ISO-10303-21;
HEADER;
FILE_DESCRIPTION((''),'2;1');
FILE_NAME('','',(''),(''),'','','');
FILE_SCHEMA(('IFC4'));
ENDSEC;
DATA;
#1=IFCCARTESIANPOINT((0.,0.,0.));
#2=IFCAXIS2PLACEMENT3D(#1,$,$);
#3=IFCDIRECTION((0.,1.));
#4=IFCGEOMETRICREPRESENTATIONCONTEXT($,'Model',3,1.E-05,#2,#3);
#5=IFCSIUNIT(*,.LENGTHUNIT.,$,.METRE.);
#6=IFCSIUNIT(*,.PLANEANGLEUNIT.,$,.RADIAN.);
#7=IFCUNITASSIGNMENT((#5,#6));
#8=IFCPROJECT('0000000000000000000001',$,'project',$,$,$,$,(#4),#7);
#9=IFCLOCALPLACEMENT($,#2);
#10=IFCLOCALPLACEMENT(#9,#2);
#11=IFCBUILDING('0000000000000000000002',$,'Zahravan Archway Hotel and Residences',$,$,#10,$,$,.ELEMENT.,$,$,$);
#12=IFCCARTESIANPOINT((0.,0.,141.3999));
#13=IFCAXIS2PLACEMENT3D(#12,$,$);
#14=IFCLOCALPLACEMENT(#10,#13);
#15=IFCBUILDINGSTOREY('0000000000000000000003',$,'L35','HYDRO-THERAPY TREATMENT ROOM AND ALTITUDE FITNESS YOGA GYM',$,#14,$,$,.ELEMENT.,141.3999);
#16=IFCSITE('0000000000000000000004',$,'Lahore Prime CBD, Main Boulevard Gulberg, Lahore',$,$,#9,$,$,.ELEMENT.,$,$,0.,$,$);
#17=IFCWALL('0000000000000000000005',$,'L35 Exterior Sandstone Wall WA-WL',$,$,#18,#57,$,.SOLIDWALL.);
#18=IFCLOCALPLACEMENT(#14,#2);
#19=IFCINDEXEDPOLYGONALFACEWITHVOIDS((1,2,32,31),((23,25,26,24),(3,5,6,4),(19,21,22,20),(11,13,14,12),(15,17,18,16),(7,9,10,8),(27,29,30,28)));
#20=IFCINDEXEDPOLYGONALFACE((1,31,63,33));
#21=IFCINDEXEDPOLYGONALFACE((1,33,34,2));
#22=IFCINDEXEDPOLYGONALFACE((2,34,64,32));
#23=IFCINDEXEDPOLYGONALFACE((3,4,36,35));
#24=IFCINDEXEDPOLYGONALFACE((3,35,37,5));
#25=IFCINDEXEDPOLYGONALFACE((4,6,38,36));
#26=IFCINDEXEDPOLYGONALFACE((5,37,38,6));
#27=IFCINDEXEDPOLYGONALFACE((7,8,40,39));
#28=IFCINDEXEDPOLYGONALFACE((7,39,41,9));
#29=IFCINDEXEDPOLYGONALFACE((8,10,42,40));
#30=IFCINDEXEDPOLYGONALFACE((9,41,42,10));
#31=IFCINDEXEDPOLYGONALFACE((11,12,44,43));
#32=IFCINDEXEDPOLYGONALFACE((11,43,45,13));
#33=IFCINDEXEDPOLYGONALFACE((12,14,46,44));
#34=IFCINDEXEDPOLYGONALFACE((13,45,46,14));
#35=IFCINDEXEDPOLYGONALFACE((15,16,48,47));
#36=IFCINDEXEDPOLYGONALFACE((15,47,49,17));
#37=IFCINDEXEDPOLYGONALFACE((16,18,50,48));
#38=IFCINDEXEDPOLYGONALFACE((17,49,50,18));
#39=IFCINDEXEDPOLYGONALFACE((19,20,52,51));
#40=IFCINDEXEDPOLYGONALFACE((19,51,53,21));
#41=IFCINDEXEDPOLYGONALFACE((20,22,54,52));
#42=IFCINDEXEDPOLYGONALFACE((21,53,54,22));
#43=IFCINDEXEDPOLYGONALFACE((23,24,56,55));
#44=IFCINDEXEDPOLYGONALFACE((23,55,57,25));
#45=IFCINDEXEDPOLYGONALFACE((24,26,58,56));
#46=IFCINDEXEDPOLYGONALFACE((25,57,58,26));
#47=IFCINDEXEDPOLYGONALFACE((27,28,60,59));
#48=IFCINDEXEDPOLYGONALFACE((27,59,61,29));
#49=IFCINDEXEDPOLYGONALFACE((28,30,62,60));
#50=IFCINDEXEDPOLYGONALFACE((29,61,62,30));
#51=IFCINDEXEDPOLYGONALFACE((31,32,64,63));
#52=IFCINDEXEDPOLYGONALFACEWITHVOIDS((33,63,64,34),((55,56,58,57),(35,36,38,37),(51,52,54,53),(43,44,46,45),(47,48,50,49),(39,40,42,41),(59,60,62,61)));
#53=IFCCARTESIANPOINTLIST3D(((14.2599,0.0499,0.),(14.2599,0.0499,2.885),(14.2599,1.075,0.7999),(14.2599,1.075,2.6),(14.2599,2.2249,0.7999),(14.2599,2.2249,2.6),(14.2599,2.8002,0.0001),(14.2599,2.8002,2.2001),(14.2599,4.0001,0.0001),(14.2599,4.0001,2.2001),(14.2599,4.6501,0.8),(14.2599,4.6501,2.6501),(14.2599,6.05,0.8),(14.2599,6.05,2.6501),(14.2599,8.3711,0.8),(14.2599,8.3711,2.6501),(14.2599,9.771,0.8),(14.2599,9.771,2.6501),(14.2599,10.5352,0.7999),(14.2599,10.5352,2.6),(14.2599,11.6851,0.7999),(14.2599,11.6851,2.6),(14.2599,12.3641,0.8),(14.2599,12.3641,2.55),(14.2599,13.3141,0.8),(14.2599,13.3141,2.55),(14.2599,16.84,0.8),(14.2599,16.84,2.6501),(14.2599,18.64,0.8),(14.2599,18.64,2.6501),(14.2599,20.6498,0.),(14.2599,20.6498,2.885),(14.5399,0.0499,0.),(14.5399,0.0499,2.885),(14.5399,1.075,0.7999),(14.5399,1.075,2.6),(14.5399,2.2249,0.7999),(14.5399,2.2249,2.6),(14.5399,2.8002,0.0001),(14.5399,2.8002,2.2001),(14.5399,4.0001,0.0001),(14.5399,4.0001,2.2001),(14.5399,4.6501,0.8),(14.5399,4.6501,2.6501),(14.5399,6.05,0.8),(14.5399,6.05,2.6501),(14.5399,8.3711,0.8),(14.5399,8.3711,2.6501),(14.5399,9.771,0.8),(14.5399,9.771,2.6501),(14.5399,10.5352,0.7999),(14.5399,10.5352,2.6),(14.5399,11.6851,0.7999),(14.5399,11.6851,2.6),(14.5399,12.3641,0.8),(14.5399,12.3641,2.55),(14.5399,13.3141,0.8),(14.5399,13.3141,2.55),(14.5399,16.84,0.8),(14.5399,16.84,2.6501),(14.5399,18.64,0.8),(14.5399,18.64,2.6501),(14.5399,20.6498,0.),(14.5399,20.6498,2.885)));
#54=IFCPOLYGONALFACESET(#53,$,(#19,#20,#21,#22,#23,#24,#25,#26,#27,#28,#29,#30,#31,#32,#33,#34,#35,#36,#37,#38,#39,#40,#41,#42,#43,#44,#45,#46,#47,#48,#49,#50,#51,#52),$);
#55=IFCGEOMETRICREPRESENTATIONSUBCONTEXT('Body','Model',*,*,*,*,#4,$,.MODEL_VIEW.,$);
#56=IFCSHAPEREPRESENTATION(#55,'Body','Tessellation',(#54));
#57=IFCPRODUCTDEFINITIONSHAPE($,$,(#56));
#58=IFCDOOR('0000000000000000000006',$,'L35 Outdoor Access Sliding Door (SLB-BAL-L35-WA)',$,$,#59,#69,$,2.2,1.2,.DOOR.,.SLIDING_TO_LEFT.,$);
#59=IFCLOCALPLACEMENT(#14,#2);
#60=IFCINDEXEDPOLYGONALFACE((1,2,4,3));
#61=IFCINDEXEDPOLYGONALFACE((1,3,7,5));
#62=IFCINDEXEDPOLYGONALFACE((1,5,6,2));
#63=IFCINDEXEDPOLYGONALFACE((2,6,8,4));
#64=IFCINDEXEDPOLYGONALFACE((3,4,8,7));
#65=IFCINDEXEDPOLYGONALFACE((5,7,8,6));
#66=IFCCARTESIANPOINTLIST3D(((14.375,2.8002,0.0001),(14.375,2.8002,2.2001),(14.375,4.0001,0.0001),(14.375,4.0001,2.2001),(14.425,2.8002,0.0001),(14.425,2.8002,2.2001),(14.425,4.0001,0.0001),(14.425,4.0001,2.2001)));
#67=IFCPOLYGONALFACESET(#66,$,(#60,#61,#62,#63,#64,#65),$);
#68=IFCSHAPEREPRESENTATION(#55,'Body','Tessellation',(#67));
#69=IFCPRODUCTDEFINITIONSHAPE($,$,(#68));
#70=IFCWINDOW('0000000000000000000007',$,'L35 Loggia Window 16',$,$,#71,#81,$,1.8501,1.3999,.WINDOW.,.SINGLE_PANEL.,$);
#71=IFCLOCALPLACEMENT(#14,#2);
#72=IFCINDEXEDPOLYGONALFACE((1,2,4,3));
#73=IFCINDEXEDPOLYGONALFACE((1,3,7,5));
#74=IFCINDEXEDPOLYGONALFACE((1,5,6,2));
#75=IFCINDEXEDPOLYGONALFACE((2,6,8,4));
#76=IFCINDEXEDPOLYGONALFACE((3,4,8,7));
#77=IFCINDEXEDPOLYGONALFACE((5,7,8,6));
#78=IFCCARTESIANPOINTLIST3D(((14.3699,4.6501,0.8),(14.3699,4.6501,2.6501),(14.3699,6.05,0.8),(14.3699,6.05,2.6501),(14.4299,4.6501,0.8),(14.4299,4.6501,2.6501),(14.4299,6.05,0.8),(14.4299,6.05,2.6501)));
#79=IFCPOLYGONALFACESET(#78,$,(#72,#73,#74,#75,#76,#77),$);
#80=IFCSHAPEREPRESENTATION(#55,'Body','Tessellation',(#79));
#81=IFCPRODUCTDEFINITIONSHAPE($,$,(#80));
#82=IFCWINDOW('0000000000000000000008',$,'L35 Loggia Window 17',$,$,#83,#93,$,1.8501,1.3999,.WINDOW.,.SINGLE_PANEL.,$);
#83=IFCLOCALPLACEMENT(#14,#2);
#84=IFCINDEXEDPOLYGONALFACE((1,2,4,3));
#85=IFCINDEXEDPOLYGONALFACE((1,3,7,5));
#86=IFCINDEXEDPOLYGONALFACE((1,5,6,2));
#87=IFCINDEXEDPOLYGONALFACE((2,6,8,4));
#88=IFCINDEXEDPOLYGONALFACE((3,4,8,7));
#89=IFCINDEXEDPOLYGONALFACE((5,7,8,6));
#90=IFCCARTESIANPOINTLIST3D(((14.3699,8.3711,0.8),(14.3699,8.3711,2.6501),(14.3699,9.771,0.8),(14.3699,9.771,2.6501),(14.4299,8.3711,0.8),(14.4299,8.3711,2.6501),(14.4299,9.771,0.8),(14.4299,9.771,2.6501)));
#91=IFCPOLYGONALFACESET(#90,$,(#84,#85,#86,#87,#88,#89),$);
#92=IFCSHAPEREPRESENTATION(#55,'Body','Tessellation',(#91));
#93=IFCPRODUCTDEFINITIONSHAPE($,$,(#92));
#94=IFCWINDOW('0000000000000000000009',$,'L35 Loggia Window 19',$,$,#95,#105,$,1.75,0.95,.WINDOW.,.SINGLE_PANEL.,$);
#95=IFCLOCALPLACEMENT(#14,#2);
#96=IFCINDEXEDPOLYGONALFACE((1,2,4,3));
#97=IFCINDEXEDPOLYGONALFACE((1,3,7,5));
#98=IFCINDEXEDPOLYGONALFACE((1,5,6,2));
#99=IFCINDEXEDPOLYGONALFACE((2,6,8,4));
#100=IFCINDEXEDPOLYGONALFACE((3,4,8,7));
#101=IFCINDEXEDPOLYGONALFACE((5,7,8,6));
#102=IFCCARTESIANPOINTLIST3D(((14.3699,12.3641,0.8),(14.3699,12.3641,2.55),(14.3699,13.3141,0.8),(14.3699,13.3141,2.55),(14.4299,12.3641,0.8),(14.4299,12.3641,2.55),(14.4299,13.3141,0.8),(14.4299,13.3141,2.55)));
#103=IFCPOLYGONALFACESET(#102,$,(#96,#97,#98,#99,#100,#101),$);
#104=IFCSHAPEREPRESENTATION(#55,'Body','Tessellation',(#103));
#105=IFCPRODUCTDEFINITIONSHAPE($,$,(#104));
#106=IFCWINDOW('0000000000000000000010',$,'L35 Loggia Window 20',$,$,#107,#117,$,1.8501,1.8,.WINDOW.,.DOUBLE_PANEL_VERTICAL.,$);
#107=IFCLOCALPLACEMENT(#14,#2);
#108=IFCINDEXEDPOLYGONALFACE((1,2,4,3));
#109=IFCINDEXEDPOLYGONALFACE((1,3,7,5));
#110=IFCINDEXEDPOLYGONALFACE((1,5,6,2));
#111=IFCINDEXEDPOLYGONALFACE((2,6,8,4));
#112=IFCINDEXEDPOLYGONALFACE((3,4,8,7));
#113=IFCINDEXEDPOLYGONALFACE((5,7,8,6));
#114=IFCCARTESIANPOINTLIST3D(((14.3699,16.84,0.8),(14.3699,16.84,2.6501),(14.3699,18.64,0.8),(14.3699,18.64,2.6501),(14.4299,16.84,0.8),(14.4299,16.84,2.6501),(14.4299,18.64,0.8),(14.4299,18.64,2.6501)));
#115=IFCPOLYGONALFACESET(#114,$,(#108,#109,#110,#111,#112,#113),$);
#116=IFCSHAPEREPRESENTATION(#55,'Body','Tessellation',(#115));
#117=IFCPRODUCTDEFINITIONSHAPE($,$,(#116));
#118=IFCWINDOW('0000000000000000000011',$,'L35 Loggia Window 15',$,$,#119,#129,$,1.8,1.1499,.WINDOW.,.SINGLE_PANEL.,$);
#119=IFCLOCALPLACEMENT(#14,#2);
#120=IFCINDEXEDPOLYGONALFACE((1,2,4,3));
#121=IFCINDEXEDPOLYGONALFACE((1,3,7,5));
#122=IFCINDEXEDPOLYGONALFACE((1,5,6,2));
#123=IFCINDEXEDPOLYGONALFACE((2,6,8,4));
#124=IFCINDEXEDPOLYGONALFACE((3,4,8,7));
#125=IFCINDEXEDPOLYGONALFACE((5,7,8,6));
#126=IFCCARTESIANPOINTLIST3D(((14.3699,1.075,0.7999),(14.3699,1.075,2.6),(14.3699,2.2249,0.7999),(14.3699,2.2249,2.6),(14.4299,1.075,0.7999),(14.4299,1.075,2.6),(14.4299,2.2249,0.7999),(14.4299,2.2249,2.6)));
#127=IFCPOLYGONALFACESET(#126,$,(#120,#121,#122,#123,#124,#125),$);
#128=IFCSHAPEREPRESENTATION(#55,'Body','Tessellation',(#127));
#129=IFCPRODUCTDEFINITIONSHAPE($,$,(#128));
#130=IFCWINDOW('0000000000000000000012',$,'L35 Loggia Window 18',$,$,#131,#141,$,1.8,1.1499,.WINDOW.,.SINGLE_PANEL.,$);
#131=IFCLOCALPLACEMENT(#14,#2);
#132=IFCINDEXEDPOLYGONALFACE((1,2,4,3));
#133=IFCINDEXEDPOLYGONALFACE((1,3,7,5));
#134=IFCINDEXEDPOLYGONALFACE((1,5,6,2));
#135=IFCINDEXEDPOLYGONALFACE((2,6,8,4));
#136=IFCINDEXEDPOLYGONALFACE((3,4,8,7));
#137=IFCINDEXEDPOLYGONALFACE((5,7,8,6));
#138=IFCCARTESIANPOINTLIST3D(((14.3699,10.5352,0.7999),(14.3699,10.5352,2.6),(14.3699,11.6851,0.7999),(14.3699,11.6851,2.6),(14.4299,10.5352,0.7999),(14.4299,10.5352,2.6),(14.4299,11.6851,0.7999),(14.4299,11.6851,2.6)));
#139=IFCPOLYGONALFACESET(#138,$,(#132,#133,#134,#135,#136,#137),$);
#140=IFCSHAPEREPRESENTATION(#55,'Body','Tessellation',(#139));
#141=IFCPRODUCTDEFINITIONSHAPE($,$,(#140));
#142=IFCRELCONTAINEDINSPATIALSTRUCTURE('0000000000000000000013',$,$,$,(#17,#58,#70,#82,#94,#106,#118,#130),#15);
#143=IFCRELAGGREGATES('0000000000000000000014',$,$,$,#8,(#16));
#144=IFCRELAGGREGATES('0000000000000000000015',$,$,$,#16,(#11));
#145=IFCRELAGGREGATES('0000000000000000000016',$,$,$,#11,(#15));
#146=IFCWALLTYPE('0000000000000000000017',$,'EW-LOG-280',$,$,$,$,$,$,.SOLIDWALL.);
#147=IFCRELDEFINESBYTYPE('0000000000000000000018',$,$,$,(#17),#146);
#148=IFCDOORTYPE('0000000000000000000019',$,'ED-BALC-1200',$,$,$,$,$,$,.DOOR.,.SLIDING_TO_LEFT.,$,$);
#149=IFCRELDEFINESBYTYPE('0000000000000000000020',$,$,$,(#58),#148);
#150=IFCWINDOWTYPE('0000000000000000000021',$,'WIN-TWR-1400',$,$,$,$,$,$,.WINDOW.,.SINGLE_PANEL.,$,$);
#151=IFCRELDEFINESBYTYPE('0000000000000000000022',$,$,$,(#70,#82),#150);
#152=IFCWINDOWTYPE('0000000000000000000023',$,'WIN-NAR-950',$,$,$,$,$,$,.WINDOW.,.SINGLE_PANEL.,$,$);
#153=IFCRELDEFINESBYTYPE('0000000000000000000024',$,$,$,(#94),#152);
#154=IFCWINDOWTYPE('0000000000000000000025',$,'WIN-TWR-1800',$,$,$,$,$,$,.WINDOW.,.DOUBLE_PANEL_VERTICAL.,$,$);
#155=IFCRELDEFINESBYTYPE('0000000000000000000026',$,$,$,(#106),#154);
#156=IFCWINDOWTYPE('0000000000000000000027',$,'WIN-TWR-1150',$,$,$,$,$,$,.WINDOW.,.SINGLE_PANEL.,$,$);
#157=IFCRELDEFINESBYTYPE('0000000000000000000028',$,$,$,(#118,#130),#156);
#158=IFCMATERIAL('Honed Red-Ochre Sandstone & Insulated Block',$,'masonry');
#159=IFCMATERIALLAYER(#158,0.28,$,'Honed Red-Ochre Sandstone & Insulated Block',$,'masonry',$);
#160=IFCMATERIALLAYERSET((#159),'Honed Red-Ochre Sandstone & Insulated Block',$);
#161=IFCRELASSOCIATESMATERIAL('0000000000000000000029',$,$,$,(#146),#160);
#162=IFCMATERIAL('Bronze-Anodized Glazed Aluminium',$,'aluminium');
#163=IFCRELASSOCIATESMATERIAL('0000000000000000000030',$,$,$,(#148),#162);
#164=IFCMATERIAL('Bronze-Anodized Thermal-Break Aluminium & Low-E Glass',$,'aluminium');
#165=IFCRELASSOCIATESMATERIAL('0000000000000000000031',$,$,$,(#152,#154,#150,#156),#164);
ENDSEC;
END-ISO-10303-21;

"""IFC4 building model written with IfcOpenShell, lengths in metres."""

from ifc_helpers import new_model, si_unit, direction, frame, frame_2d, origin, place, context, subcontext, project, spatial, rectangle, extrude, source, transform, mapped, material, layer, layer_set, type_object, type_shapes, element, fill, save


model = new_model("IFC4")

# Units and contexts
model_context = context("Model", 3, precision=1e-05, world=origin(), true_north=direction((0.0, 1.0)))
body_context = subcontext(model_context, "Body", "Model", "MODEL_VIEW")
ifc_project = project(units=[si_unit("LENGTHUNIT", "METRE"), si_unit("PLANEANGLEUNIT", "RADIAN")], contexts=[model_context])

# Site, building, storey
site_placement = place(None, origin())
site = spatial("IfcSite", under=ifc_project, at=site_placement, Name="Lahore Prime CBD, Main Boulevard Gulberg, Lahore", CompositionType="ELEMENT", RefElevation=0.0)
building_placement = place(site_placement, origin())
building = spatial("IfcBuilding", under=site, at=building_placement, Name="Zahravan Archway Hotel and Residences", CompositionType="ELEMENT")
storey_placement = place(building_placement, frame((0.0, 0.0, 141.3999)))
storey = spatial("IfcBuildingStorey", under=building, at=storey_placement, Name="L35", Description="HYDRO-THERAPY TREATMENT ROOM AND ALTITUDE FITNESS YOGA GYM", CompositionType="ELEMENT", Elevation=141.3999)

# Wall, openings, door, windows
ifc_material_1 = material(Name="Honed Red-Ochre Sandstone & Insulated Block", Category="masonry")
ifc_layer = layer(ifc_material_1, 0.28, Name="Honed Red-Ochre Sandstone & Insulated Block", Category="masonry")
ifc_layer_set = layer_set([ifc_layer], Name="Honed Red-Ochre Sandstone & Insulated Block")
wall_type = type_object("IfcWallType", Name="EW-LOG-280", PredefinedType="SOLIDWALL", material=ifc_layer_set)
ifc_material_2 = material(Name="Bronze-Anodized Glazed Aluminium", Category="aluminium")
door_type = type_object("IfcDoorType", Name="ED-BALC-1200", OperationType="SLIDING_TO_LEFT", PredefinedType="DOOR", material=ifc_material_2)
shared_shape_1 = source(origin(), body_context, "Body", "SweptSolid", [
    extrude(rectangle(XDim=1.2, YDim=2.2, at=frame_2d((0.6001, 1.1001))), frame((0.0, 0.0249, 0.0), z_axis=(0.0, -1.0, 0.0), x_axis=(1.0, 0.0, 0.0)), (0.0, 0.0, 1.0), 0.05),
])
type_shapes(door_type, [shared_shape_1])
ifc_material_3 = material(Name="Bronze-Anodized Thermal-Break Aluminium & Low-E Glass", Category="aluminium")
window_type_1 = type_object("IfcWindowType", Name="WIN-NAR-950", PartitioningType="SINGLE_PANEL", PredefinedType="WINDOW", material=ifc_material_3)
shared_shape_2 = source(origin(), body_context, "Body", "SweptSolid", [
    extrude(rectangle(XDim=0.95, YDim=1.75, at=frame_2d((0.4751, 0.875))), frame((0.0, 0.03, 0.0), z_axis=(0.0, -1.0, 0.0), x_axis=(1.0, 0.0, 0.0)), (0.0, 0.0, 1.0), 0.0601),
])
type_shapes(window_type_1, [shared_shape_2])
window_type_2 = type_object("IfcWindowType", Name="WIN-TWR-1800", PartitioningType="DOUBLE_PANEL_VERTICAL", PredefinedType="WINDOW", material=ifc_material_3)
shared_shape_3 = source(origin(), body_context, "Body", "SweptSolid", [
    extrude(rectangle(XDim=1.8, YDim=1.8501, at=frame_2d((0.8999, 0.925))), frame((0.0, 0.03, 0.0), z_axis=(0.0, -1.0, 0.0), x_axis=(1.0, 0.0, 0.0)), (0.0, 0.0, 1.0), 0.0601),
])
type_shapes(window_type_2, [shared_shape_3])
wall_1_placement = place(storey_placement, frame((14.3999, 0.05, 0.0), z_axis=(0.0, 0.0, 1.0), x_axis=(0.0, 1.0, 0.0)))
wall_1 = element("IfcWall", 1, at=wall_1_placement, inside=storey, type_object=wall_type, Name="L35 Exterior Sandstone Wall WA-WL", PredefinedType="SOLIDWALL", context=body_context, shape_type="SweptSolid", body=[
    extrude(rectangle(XDim=20.5999, YDim=0.28, at=frame_2d((10.2998, 0.0))), origin(), (0.0, 0.0, 1.0), 2.885),
])
opening_1_placement = place(wall_1_placement, frame((2.75, 0.0, 0.0)))
opening_1 = element("IfcOpeningElement", 2, at=opening_1_placement, cuts=wall_1, PredefinedType="OPENING", context=body_context, shape_type="SweptSolid", body=[
    extrude(rectangle(XDim=1.2, YDim=2.2, at=frame_2d((0.6001, 1.1001))), frame((0.0, 0.1499, 0.0), z_axis=(0.0, -1.0, 0.0), x_axis=(1.0, 0.0, 0.0)), (0.0, 0.0, 1.0), 0.3),
])
opening_2_placement = place(wall_1_placement, frame((1.0249, 0.0, 0.8)))
opening_2 = element("IfcOpeningElement", 3, at=opening_2_placement, cuts=wall_1, PredefinedType="OPENING", context=body_context, shape_type="SweptSolid", body=[
    extrude(rectangle(XDim=1.1499, YDim=1.8, at=frame_2d((0.575, 0.8999))), frame((0.0, 0.1499, 0.0), z_axis=(0.0, -1.0, 0.0), x_axis=(1.0, 0.0, 0.0)), (0.0, 0.0, 1.0), 0.3),
])
opening_3_placement = place(wall_1_placement, frame((4.6001, 0.0, 0.8)))
opening_3 = element("IfcOpeningElement", 4, at=opening_3_placement, cuts=wall_1, PredefinedType="OPENING", context=body_context, shape_type="SweptSolid", body=[
    extrude(rectangle(XDim=1.3999, YDim=1.8501, at=frame_2d((0.7, 0.925))), frame((0.0, 0.1499, 0.0), z_axis=(0.0, -1.0, 0.0), x_axis=(1.0, 0.0, 0.0)), (0.0, 0.0, 1.0), 0.3),
])
opening_4_placement = place(wall_1_placement, frame((8.321, 0.0, 0.8)))
opening_4 = element("IfcOpeningElement", 5, at=opening_4_placement, cuts=wall_1, PredefinedType="OPENING", context=body_context, shape_type="SweptSolid", body=[
    extrude(rectangle(XDim=1.3999, YDim=1.8501, at=frame_2d((0.7, 0.925))), frame((0.0, 0.1499, 0.0), z_axis=(0.0, -1.0, 0.0), x_axis=(1.0, 0.0, 0.0)), (0.0, 0.0, 1.0), 0.3),
])
opening_5_placement = place(wall_1_placement, frame((10.4851, 0.0, 0.8)))
opening_5 = element("IfcOpeningElement", 6, at=opening_5_placement, cuts=wall_1, PredefinedType="OPENING", context=body_context, shape_type="SweptSolid", body=[
    extrude(rectangle(XDim=1.1499, YDim=1.8, at=frame_2d((0.575, 0.8999))), frame((0.0, 0.1499, 0.0), z_axis=(0.0, -1.0, 0.0), x_axis=(1.0, 0.0, 0.0)), (0.0, 0.0, 1.0), 0.3),
])
opening_6_placement = place(wall_1_placement, frame((12.314, 0.0, 0.8)))
opening_6 = element("IfcOpeningElement", 7, at=opening_6_placement, cuts=wall_1, PredefinedType="OPENING", context=body_context, shape_type="SweptSolid", body=[
    extrude(rectangle(XDim=0.95, YDim=1.75, at=frame_2d((0.4751, 0.875))), frame((0.0, 0.1499, 0.0), z_axis=(0.0, -1.0, 0.0), x_axis=(1.0, 0.0, 0.0)), (0.0, 0.0, 1.0), 0.3),
])
opening_7_placement = place(wall_1_placement, frame((16.79, 0.0, 0.8)))
opening_7 = element("IfcOpeningElement", 8, at=opening_7_placement, cuts=wall_1, PredefinedType="OPENING", context=body_context, shape_type="SweptSolid", body=[
    extrude(rectangle(XDim=1.8, YDim=1.8501, at=frame_2d((0.8999, 0.925))), frame((0.0, 0.1499, 0.0), z_axis=(0.0, -1.0, 0.0), x_axis=(1.0, 0.0, 0.0)), (0.0, 0.0, 1.0), 0.3),
])
door_1_placement = place(opening_1_placement, origin())
door_1 = element("IfcDoor", 9, at=door_1_placement, inside=storey, type_object=door_type, Name="L35 Outdoor Access Sliding Door (SLB-BAL-L35-WA)", OperationType="SLIDING_TO_LEFT", OverallHeight=2.2, OverallWidth=1.2, PredefinedType="DOOR", context=body_context, shape_type="MappedRepresentation", body=[
    mapped(shared_shape_1, transform((0.0, 0.0, 0.0), scale=1.0)),
])
fill(opening_1, door_1)
window_type_3 = type_object("IfcWindowType", Name="WIN-TWR-1400", PartitioningType="SINGLE_PANEL", PredefinedType="WINDOW", material=ifc_material_3)
shared_shape_4 = source(origin(), body_context, "Body", "SweptSolid", [
    extrude(rectangle(XDim=1.3999, YDim=1.8501, at=frame_2d((0.7, 0.925))), frame((0.0, 0.03, 0.0), z_axis=(0.0, -1.0, 0.0), x_axis=(1.0, 0.0, 0.0)), (0.0, 0.0, 1.0), 0.0601),
])
type_shapes(window_type_3, [shared_shape_4])
window_1_placement = place(opening_3_placement, origin())
window_1 = element("IfcWindow", 10, at=window_1_placement, inside=storey, type_object=window_type_3, Name="L35 Loggia Window 16", OverallHeight=1.8501, OverallWidth=1.3999, PartitioningType="SINGLE_PANEL", PredefinedType="WINDOW", context=body_context, shape_type="MappedRepresentation", body=[
    mapped(shared_shape_4, transform((0.0, 0.0, 0.0), scale=1.0)),
])
fill(opening_3, window_1)
window_2_placement = place(opening_4_placement, origin())
window_2 = element("IfcWindow", 11, at=window_2_placement, inside=storey, type_object=window_type_3, Name="L35 Loggia Window 17", OverallHeight=1.8501, OverallWidth=1.3999, PartitioningType="SINGLE_PANEL", PredefinedType="WINDOW", context=body_context, shape_type="MappedRepresentation", body=[
    mapped(shared_shape_4, transform((0.0, 0.0, 0.0), scale=1.0)),
])
fill(opening_4, window_2)
window_3_placement = place(opening_6_placement, origin())
window_3 = element("IfcWindow", 12, at=window_3_placement, inside=storey, type_object=window_type_1, Name="L35 Loggia Window 19", OverallHeight=1.75, OverallWidth=0.95, PartitioningType="SINGLE_PANEL", PredefinedType="WINDOW", context=body_context, shape_type="MappedRepresentation", body=[
    mapped(shared_shape_2, transform((0.0, 0.0, 0.0), scale=1.0)),
])
fill(opening_6, window_3)
window_4_placement = place(opening_7_placement, origin())
window_4 = element("IfcWindow", 13, at=window_4_placement, inside=storey, type_object=window_type_2, Name="L35 Loggia Window 20", OverallHeight=1.8501, OverallWidth=1.8, PartitioningType="DOUBLE_PANEL_VERTICAL", PredefinedType="WINDOW", context=body_context, shape_type="MappedRepresentation", body=[
    mapped(shared_shape_3, transform((0.0, 0.0, 0.0), scale=1.0)),
])
fill(opening_7, window_4)
window_type_4 = type_object("IfcWindowType", Name="WIN-TWR-1150", PartitioningType="SINGLE_PANEL", PredefinedType="WINDOW", material=ifc_material_3)
shared_shape_5 = source(origin(), body_context, "Body", "SweptSolid", [
    extrude(rectangle(XDim=1.1499, YDim=1.8, at=frame_2d((0.575, 0.8999))), frame((0.0, 0.03, 0.0), z_axis=(0.0, -1.0, 0.0), x_axis=(1.0, 0.0, 0.0)), (0.0, 0.0, 1.0), 0.0601),
])
type_shapes(window_type_4, [shared_shape_5])
window_5_placement = place(opening_2_placement, origin())
window_5 = element("IfcWindow", 14, at=window_5_placement, inside=storey, type_object=window_type_4, Name="L35 Loggia Window 15", OverallHeight=1.8, OverallWidth=1.1499, PartitioningType="SINGLE_PANEL", PredefinedType="WINDOW", context=body_context, shape_type="MappedRepresentation", body=[
    mapped(shared_shape_5, transform((0.0, 0.0, 0.0), scale=1.0)),
])
fill(opening_2, window_5)
window_6_placement = place(opening_5_placement, origin())
window_6 = element("IfcWindow", 15, at=window_6_placement, inside=storey, type_object=window_type_4, Name="L35 Loggia Window 18", OverallHeight=1.8, OverallWidth=1.1499, PartitioningType="SINGLE_PANEL", PredefinedType="WINDOW", context=body_context, shape_type="MappedRepresentation", body=[
    mapped(shared_shape_5, transform((0.0, 0.0, 0.0), scale=1.0)),
])
fill(opening_5, window_6)

save(model, "model.ifc")
